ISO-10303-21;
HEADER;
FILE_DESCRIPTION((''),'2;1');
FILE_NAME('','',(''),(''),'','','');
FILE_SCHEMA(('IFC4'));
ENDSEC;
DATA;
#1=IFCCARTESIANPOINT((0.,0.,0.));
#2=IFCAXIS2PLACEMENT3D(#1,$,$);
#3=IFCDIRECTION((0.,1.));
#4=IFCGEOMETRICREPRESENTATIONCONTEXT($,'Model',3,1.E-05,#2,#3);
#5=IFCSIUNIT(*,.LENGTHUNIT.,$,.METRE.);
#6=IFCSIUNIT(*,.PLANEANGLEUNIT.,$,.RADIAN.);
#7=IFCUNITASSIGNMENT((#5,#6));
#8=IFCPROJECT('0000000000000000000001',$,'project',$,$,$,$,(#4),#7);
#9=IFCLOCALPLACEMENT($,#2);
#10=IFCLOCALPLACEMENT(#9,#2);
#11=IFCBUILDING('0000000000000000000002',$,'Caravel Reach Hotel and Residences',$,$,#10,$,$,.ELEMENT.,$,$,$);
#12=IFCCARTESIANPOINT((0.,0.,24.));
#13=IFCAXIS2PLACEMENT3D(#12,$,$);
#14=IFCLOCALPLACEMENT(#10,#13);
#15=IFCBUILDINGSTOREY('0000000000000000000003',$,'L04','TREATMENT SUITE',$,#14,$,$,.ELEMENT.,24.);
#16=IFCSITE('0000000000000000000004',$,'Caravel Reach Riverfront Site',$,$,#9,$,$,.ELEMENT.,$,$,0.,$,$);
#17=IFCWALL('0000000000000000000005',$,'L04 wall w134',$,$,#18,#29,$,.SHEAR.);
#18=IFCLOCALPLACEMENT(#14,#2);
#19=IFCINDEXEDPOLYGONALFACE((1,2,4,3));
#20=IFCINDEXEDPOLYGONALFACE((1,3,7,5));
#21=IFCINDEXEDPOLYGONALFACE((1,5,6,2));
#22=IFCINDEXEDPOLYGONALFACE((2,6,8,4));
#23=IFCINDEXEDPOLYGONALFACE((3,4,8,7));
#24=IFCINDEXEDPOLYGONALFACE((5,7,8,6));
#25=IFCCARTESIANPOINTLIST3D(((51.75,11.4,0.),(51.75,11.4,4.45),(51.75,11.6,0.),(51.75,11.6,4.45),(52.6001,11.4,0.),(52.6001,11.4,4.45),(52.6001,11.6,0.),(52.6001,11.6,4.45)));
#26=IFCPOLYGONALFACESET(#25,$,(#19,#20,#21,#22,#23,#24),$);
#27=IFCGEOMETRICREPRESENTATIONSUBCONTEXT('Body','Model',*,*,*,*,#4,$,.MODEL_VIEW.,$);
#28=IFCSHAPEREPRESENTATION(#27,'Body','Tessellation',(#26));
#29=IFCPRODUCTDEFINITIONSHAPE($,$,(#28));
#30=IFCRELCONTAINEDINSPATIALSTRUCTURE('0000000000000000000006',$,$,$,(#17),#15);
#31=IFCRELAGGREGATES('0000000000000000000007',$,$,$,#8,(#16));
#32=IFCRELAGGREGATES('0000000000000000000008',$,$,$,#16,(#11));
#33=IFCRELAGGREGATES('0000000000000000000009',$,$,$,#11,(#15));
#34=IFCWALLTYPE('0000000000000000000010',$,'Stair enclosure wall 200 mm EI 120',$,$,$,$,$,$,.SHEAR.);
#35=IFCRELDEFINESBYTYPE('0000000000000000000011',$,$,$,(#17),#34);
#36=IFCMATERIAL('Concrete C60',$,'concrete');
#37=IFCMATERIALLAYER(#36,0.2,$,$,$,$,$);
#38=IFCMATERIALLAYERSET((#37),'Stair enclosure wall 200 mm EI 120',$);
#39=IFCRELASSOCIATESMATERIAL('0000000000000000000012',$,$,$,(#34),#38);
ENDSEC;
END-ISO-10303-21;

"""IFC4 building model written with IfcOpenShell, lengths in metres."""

from ifc_helpers import new_model, si_unit, direction, frame, frame_2d, origin, place, context, subcontext, project, spatial, rectangle, extrude, material, layer, layer_set, type_object, element, save


model = new_model("IFC4")

# Units and contexts
model_context = context("Model", 3, precision=1e-05, world=origin(), true_north=direction((0.0, 1.0)))
body_context = subcontext(model_context, "Body", "Model", "MODEL_VIEW")
ifc_project = project(units=[si_unit("LENGTHUNIT", "METRE"), si_unit("PLANEANGLEUNIT", "RADIAN")], contexts=[model_context])

# Site, building, storey
site_placement = place(None, origin())
site = spatial("IfcSite", under=ifc_project, at=site_placement, Name="Caravel Reach Riverfront Site", CompositionType="ELEMENT", RefElevation=0.0)
building_placement = place(site_placement, origin())
building = spatial("IfcBuilding", under=site, at=building_placement, Name="Caravel Reach Hotel and Residences", CompositionType="ELEMENT")
storey_placement = place(building_placement, frame((0.0, 0.0, 24.0)))
storey = spatial("IfcBuildingStorey", under=building, at=storey_placement, Name="L04", Description="TREATMENT SUITE", CompositionType="ELEMENT", Elevation=24.0)

# Wall
ifc_material_1 = material(Name="Concrete C60", Category="concrete")
ifc_layer_1 = layer(ifc_material_1, 0.2)
ifc_layer_set_1 = layer_set([ifc_layer_1], Name="Stair enclosure wall 200 mm EI 120")
wall_type_1 = type_object("IfcWallType", Name="Stair enclosure wall 200 mm EI 120", PredefinedType="SHEAR", material=ifc_layer_set_1)
wall_1_placement = place(storey_placement, frame((51.75, 11.5, 0.0), z_axis=(0.0, 0.0, 1.0), x_axis=(1.0, 0.0, 0.0)))
element("IfcWall", 1, at=wall_1_placement, inside=storey, type_object=wall_type_1, Name="L04 wall w134", PredefinedType="SHEAR", context=body_context, shape_type="SweptSolid", body=[
    extrude(rectangle(XDim=0.8501, YDim=0.2, at=frame_2d((0.425, 0.0))), origin(), (0.0, 0.0, 1.0), 4.45),
])

save(model, "model.ifc")
